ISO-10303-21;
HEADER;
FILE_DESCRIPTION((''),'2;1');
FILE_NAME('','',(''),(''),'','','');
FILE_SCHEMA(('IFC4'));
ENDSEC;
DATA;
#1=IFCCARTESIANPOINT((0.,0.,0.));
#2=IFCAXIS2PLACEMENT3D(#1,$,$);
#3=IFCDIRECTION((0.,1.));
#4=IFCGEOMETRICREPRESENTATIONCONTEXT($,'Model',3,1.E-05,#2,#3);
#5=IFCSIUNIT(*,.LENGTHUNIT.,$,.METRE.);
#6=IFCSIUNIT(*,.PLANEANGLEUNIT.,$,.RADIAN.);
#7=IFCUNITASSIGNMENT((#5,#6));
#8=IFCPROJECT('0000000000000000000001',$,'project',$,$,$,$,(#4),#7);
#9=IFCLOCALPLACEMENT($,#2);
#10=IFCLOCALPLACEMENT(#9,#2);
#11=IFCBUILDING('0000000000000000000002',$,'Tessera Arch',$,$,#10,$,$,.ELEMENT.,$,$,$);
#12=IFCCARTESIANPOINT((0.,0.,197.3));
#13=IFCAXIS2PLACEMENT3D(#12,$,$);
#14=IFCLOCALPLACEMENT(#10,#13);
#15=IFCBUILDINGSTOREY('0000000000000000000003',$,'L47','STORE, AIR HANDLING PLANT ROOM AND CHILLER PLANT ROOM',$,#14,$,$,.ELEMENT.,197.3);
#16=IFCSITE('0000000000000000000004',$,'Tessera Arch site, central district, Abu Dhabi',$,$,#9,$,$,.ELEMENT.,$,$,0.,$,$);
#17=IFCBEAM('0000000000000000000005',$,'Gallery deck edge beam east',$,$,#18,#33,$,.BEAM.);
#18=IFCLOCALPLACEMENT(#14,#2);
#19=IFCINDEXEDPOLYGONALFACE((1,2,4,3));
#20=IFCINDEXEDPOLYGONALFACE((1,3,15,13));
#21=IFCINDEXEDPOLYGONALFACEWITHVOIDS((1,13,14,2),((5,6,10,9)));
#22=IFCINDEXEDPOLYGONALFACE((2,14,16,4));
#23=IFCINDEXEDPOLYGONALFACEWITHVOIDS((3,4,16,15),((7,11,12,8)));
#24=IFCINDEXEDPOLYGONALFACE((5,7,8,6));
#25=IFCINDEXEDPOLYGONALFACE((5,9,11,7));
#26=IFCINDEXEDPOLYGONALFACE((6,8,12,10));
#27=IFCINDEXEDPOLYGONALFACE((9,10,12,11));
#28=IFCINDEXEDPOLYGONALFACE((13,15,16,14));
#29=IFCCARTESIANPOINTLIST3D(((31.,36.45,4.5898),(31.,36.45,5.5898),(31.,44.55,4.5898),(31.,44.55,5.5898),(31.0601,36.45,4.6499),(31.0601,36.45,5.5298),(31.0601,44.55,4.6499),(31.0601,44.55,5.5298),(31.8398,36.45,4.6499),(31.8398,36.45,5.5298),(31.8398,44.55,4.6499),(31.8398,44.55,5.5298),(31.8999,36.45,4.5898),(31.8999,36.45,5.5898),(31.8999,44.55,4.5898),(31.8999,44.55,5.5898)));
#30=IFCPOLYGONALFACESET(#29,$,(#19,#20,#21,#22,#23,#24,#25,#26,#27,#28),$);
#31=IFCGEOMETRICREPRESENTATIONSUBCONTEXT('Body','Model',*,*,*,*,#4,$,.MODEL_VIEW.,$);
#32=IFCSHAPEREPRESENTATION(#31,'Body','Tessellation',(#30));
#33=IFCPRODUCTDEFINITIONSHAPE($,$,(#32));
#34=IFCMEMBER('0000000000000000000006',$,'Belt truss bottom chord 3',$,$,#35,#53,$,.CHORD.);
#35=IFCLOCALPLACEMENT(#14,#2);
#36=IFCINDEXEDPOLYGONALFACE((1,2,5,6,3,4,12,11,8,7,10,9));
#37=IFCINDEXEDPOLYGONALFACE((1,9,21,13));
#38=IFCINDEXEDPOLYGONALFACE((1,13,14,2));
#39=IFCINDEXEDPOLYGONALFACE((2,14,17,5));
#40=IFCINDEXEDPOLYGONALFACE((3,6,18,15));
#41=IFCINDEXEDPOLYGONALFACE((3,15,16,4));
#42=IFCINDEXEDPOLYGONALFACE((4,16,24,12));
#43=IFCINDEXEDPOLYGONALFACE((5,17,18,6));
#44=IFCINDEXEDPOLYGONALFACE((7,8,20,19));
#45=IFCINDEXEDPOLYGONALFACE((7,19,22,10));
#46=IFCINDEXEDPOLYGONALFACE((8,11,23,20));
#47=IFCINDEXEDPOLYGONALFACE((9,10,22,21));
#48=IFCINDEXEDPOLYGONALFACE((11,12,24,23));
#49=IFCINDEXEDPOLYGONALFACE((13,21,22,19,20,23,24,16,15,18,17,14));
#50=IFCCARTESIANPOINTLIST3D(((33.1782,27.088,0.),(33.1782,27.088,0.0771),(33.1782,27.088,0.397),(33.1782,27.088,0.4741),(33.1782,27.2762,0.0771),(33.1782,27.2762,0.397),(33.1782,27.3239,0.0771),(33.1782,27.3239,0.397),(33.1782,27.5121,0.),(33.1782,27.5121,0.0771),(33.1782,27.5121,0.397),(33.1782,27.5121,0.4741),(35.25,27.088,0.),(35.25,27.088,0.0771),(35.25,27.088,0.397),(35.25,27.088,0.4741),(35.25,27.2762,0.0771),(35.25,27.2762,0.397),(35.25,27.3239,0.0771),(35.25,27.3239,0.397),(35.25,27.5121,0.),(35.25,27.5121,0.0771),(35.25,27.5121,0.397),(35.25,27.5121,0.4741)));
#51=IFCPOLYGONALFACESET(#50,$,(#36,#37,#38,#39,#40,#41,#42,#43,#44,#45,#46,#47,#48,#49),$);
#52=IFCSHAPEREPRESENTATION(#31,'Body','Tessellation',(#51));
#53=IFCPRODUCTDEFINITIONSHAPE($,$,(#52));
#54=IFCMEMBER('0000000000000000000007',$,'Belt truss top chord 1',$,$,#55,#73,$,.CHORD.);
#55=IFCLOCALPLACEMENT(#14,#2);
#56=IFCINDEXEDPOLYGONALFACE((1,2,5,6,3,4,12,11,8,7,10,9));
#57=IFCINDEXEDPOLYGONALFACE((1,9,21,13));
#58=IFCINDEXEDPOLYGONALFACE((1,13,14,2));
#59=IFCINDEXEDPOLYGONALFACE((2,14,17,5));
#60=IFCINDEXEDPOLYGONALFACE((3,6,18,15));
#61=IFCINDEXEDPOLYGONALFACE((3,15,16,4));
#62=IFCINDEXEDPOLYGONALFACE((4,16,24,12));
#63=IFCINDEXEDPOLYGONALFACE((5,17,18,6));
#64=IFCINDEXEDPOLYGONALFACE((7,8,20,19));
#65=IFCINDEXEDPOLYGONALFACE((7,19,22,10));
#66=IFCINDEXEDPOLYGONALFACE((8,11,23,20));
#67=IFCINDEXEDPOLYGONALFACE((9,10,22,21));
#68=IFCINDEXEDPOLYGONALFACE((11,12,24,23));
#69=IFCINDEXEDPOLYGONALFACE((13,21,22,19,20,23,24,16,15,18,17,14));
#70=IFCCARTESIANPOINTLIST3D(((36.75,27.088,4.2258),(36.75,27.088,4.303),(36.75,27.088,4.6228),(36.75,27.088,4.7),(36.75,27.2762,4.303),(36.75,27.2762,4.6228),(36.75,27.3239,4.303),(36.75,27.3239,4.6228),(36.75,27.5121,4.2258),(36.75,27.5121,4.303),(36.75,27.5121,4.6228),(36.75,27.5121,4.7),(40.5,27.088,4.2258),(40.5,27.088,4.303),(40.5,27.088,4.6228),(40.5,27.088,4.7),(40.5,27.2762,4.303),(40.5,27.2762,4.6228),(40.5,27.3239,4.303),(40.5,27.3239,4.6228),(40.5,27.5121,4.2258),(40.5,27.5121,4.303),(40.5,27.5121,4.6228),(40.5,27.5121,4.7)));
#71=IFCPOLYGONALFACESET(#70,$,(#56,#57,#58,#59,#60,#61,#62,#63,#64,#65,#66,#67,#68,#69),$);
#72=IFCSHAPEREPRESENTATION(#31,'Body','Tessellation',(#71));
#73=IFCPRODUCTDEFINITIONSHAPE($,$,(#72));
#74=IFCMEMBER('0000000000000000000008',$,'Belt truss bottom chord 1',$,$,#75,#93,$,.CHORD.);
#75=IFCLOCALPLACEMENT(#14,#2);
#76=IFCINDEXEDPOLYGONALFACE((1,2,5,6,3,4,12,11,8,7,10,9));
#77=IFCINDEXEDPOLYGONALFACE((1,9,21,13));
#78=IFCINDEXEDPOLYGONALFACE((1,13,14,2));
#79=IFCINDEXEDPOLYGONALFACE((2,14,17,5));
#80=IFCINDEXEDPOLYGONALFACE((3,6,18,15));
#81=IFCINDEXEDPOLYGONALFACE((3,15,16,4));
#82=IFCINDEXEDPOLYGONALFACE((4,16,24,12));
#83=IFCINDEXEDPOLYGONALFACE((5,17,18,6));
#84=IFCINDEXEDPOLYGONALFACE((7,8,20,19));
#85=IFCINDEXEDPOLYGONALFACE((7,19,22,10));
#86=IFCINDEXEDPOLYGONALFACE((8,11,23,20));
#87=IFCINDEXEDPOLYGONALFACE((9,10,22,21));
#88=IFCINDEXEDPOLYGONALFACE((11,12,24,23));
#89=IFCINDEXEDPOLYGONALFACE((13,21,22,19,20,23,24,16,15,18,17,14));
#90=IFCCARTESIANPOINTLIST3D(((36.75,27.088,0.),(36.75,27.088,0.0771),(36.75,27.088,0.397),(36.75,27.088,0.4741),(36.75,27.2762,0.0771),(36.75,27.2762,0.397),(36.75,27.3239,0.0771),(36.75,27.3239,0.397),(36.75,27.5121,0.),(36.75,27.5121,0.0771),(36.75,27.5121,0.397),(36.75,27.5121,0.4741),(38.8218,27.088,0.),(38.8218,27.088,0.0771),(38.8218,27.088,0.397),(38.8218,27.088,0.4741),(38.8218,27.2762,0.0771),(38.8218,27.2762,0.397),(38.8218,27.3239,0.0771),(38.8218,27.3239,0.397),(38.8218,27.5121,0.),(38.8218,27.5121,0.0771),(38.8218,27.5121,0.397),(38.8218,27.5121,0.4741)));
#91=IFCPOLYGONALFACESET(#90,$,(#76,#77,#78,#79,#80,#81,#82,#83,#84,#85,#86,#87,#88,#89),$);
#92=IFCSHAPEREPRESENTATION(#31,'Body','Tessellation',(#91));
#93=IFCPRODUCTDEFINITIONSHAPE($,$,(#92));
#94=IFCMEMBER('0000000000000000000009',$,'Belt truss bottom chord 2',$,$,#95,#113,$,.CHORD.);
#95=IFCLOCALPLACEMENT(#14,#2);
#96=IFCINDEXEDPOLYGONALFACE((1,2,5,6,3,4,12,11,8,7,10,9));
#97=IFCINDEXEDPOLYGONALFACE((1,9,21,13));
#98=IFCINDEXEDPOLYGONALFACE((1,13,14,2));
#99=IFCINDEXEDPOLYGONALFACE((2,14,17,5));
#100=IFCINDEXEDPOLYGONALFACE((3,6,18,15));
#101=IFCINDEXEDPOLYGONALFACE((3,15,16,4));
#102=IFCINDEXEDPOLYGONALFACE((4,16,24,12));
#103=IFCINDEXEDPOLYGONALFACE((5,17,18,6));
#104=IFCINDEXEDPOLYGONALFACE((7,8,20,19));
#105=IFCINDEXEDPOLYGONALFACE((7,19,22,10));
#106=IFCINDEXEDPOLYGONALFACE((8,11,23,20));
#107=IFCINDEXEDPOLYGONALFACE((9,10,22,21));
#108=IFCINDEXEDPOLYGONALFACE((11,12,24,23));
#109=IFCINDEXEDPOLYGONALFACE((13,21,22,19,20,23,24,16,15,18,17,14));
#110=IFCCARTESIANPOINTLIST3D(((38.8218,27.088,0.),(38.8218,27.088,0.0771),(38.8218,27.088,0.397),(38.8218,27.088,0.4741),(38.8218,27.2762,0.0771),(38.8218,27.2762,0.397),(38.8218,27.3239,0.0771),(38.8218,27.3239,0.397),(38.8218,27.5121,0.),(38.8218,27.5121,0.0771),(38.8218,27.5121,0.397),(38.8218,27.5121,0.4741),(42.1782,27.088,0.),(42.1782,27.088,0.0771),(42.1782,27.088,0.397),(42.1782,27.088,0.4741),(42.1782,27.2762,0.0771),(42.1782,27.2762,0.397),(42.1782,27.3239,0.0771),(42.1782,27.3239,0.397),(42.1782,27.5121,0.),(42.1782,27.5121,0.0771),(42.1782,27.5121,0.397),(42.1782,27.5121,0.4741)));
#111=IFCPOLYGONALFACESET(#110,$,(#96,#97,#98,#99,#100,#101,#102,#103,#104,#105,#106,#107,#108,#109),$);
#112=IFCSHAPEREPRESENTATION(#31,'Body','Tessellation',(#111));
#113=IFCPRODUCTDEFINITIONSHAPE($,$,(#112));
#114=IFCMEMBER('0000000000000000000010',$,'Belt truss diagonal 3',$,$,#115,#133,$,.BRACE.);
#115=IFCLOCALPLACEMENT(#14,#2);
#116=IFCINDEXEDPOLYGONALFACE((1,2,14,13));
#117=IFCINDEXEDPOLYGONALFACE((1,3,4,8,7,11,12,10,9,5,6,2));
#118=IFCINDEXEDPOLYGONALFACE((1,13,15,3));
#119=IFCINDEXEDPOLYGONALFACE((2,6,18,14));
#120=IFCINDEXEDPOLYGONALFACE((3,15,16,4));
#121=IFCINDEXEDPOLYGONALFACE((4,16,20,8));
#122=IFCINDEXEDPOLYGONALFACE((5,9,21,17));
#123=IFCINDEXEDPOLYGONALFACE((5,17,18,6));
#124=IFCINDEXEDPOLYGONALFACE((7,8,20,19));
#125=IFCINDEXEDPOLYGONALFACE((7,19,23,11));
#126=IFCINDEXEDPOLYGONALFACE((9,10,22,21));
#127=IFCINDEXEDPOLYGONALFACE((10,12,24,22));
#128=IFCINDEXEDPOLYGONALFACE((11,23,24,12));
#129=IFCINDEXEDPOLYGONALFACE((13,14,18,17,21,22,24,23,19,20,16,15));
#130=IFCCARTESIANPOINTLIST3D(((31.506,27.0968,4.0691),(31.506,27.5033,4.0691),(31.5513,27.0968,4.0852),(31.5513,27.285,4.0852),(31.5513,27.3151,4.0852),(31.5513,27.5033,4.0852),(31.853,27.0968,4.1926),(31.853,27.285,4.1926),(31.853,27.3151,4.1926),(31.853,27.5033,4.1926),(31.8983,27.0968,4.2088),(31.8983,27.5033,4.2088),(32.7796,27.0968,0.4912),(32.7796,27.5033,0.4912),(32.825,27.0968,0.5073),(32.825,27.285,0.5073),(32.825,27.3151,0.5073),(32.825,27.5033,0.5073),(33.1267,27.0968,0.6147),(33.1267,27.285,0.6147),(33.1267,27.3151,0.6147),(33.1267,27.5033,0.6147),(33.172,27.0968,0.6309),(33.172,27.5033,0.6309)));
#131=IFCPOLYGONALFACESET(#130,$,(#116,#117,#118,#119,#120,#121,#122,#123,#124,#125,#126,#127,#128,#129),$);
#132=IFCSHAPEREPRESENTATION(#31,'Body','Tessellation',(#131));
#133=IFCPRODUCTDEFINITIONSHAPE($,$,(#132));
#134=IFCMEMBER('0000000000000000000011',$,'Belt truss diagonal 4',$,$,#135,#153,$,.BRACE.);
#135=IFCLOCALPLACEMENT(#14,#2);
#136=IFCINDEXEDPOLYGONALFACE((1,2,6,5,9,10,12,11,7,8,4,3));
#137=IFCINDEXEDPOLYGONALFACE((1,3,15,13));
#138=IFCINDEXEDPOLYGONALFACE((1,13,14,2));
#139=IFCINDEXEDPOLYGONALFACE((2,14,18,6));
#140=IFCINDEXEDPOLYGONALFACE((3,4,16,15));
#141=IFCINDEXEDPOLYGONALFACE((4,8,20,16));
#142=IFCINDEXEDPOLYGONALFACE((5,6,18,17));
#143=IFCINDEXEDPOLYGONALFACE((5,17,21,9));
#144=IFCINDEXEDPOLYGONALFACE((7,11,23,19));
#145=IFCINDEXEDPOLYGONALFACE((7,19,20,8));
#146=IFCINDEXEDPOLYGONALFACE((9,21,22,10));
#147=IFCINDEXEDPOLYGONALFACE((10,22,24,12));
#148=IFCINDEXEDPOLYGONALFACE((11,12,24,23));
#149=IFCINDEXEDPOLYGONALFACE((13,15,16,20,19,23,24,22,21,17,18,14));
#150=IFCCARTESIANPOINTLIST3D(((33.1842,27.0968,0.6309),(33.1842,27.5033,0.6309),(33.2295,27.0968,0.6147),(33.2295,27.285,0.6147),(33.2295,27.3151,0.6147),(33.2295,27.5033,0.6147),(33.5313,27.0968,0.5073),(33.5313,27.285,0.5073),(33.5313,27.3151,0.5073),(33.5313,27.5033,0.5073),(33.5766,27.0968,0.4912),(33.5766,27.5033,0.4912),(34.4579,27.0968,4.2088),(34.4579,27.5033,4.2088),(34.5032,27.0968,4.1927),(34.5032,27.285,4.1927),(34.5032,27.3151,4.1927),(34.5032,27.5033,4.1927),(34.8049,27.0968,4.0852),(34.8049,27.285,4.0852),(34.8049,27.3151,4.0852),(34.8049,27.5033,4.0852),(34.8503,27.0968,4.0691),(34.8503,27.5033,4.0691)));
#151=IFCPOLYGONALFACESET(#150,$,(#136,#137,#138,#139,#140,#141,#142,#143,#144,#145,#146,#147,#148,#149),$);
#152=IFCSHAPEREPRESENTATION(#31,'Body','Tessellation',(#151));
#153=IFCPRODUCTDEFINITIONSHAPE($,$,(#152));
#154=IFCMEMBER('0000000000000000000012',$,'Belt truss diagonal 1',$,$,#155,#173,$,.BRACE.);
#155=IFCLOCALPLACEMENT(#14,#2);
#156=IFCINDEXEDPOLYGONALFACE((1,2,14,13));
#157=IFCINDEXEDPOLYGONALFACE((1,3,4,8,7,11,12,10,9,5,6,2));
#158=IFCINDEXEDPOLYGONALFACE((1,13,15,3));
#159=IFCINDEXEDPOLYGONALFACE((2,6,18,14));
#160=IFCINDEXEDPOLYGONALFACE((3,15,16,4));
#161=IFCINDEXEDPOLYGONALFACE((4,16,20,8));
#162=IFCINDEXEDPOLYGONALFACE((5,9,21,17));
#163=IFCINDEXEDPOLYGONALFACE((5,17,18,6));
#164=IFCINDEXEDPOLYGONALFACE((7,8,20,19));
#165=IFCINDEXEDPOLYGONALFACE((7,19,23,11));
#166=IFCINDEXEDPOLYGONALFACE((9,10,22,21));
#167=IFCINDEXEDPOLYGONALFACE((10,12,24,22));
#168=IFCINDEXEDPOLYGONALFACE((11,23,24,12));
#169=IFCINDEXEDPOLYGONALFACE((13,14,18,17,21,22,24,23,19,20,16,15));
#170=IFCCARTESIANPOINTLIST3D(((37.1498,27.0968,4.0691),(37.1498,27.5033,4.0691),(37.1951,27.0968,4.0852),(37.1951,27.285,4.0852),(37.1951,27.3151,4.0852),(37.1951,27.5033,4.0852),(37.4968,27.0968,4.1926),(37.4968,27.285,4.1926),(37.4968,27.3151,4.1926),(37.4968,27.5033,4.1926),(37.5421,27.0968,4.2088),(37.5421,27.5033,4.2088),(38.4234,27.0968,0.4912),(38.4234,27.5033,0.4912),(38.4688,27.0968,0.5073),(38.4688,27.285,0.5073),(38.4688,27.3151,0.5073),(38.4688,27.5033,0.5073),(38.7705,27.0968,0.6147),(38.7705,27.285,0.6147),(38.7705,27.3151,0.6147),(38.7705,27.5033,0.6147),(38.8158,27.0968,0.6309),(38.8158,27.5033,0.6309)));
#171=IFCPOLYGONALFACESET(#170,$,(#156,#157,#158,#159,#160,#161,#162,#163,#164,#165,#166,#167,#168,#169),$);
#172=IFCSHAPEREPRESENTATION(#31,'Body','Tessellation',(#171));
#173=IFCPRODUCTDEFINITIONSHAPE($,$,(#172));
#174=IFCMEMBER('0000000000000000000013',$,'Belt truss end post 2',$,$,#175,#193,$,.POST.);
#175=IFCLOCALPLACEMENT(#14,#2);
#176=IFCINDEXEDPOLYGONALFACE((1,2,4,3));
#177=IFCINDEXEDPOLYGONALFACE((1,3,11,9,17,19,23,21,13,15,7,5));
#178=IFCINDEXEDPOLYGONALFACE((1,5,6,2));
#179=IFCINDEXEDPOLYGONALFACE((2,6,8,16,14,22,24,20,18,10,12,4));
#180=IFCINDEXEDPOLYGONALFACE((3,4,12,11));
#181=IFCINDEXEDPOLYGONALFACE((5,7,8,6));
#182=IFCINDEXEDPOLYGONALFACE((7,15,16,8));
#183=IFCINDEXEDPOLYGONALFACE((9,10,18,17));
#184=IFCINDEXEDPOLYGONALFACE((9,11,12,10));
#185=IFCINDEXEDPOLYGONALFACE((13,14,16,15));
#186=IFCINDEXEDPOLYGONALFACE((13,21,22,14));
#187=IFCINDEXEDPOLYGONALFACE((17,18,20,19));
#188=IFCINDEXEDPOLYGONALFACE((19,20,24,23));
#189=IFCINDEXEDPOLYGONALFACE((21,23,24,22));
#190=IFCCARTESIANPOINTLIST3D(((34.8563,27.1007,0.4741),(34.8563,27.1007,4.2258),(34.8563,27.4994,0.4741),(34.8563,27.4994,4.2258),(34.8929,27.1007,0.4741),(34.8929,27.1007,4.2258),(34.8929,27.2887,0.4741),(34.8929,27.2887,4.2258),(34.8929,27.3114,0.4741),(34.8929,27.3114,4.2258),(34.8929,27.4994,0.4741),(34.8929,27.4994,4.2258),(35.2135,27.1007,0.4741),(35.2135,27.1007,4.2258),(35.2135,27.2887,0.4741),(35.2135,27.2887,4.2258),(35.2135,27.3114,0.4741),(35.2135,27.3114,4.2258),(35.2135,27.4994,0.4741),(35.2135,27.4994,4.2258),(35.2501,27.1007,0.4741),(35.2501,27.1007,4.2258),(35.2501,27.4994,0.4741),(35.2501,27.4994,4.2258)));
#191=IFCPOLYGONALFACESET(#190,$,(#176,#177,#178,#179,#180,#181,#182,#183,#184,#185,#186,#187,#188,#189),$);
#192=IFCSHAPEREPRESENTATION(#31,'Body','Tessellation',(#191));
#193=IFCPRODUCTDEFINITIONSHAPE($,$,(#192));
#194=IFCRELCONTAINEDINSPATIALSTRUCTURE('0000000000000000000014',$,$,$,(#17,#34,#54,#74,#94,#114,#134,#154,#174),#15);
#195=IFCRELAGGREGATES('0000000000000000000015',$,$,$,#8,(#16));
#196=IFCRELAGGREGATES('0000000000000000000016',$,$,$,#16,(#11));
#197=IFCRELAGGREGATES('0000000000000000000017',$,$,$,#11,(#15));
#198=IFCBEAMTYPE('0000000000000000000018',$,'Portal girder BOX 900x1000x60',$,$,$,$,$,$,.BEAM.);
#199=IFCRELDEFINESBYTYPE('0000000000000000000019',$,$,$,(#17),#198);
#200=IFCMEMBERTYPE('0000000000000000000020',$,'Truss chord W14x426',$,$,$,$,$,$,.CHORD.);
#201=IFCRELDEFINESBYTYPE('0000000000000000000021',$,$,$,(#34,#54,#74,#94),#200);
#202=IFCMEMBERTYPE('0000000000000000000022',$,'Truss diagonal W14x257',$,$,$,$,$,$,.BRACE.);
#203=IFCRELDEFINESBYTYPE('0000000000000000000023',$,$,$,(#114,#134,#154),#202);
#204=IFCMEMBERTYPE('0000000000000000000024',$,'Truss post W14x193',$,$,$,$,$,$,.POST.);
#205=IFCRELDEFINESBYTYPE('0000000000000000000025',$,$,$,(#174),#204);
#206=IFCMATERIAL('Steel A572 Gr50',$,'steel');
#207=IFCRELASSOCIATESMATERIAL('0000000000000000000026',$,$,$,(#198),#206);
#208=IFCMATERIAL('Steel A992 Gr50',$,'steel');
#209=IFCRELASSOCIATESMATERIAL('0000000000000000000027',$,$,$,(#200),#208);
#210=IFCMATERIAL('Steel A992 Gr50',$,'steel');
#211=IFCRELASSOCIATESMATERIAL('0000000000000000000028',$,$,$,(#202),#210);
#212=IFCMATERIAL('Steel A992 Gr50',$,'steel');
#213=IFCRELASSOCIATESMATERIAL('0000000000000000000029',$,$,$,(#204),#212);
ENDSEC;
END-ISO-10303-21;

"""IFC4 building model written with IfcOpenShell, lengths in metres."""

from ifc_helpers import new_model, si_unit, direction, frame, origin, origin_2d, place, context, subcontext, project, spatial, hollow_rectangle, i_section, extrude, material, material_profile, profile_set, type_object, element, save


model = new_model("IFC4")

# Units and contexts
model_context = context("Model", 3, precision=1e-05, world=origin(), true_north=direction((0.0, 1.0)))
body_context = subcontext(model_context, "Body", "Model", "MODEL_VIEW")
ifc_project = project(units=[si_unit("LENGTHUNIT", "METRE"), si_unit("PLANEANGLEUNIT", "RADIAN")], contexts=[model_context])

# Site, building, storey
site_placement = place(None, origin())
site = spatial("IfcSite", under=ifc_project, at=site_placement, Name="Tessera Arch site, central district, Abu Dhabi", CompositionType="ELEMENT", RefElevation=0.0)
building_placement = place(site_placement, origin())
building = spatial("IfcBuilding", under=site, at=building_placement, Name="Tessera Arch", CompositionType="ELEMENT")
storey_placement = place(building_placement, frame((0.0, 0.0, 197.3)))
storey = spatial("IfcBuildingStorey", under=building, at=storey_placement, Name="L47", Description="STORE, AIR HANDLING PLANT ROOM AND CHILLER PLANT ROOM", CompositionType="ELEMENT", Elevation=197.3)

# Beam
ifc_material_1 = material(Name="Steel A572 Gr50", Category="steel")
ifc_material_profile_1 = material_profile(ifc_material_1, hollow_rectangle(XDim=0.8999, YDim=1.0, WallThickness=0.0601, at=origin_2d()), Name="BOX 900x1000x60")
ifc_profile_set_1 = profile_set([ifc_material_profile_1], Name="Steel A572 Gr50")
beam_type = type_object("IfcBeamType", Name="Portal girder BOX 900x1000x60", PredefinedType="BEAM", material=ifc_profile_set_1)
beam_placement = place(storey_placement, frame((31.45, 36.45, 5.0898), z_axis=(0.0, 1.0, 0.0), x_axis=(-1.0, 0.0, 0.0)))
element("IfcBeam", 1, at=beam_placement, inside=storey, type_object=beam_type, Name="Gallery deck edge beam east", PredefinedType="BEAM", context=body_context, shape_type="SweptSolid", body=[
    extrude(hollow_rectangle(XDim=0.8999, YDim=1.0, WallThickness=0.0601, at=origin_2d()), origin(), (0.0, 0.0, 1.0), 8.1001),
])

# Members
ifc_material_2 = material(Name="Steel A992 Gr50", Category="steel")
ifc_material_profile_2 = material_profile(ifc_material_2, i_section(OverallWidth=0.4241, OverallDepth=0.4741, WebThickness=0.0476, FlangeThickness=0.0771, at=origin_2d()), Name="W14x426")
ifc_profile_set_2 = profile_set([ifc_material_profile_2], Name="Steel A992 Gr50")
member_type_1 = type_object("IfcMemberType", Name="Truss chord W14x426", PredefinedType="CHORD", material=ifc_profile_set_2)
member_1_placement = place(storey_placement, frame((33.1782, 27.3, 0.2371), z_axis=(1.0, 0.0, 0.0), x_axis=(0.0, 1.0, 0.0)))
element("IfcMember", 2, at=member_1_placement, inside=storey, type_object=member_type_1, Name="Belt truss bottom chord 3", PredefinedType="CHORD", context=body_context, shape_type="SweptSolid", body=[
    extrude(i_section(OverallWidth=0.4241, OverallDepth=0.4741, WebThickness=0.0476, FlangeThickness=0.0771, at=origin_2d()), origin(), (0.0, 0.0, 1.0), 2.0718),
])
member_2_placement = place(storey_placement, frame((36.75, 27.3, 4.4629), z_axis=(1.0, 0.0, 0.0), x_axis=(0.0, 1.0, 0.0)))
element("IfcMember", 3, at=member_2_placement, inside=storey, type_object=member_type_1, Name="Belt truss top chord 1", PredefinedType="CHORD", context=body_context, shape_type="SweptSolid", body=[
    extrude(i_section(OverallWidth=0.4241, OverallDepth=0.4741, WebThickness=0.0476, FlangeThickness=0.0771, at=origin_2d()), origin(), (0.0, 0.0, 1.0), 3.75),
])
member_3_placement = place(storey_placement, frame((36.75, 27.3, 0.2371), z_axis=(1.0, 0.0, 0.0), x_axis=(0.0, 1.0, 0.0)))
element("IfcMember", 4, at=member_3_placement, inside=storey, type_object=member_type_1, Name="Belt truss bottom chord 1", PredefinedType="CHORD", context=body_context, shape_type="SweptSolid", body=[
    extrude(i_section(OverallWidth=0.4241, OverallDepth=0.4741, WebThickness=0.0476, FlangeThickness=0.0771, at=origin_2d()), origin(), (0.0, 0.0, 1.0), 2.0718),
])
member_4_placement = place(storey_placement, frame((38.8218, 27.3, 0.2371), z_axis=(1.0, 0.0, 0.0), x_axis=(0.0, 1.0, 0.0)))
element("IfcMember", 5, at=member_4_placement, inside=storey, type_object=member_type_1, Name="Belt truss bottom chord 2", PredefinedType="CHORD", context=body_context, shape_type="SweptSolid", body=[
    extrude(i_section(OverallWidth=0.4241, OverallDepth=0.4741, WebThickness=0.0476, FlangeThickness=0.0771, at=origin_2d()), origin(), (0.0, 0.0, 1.0), 3.3564),
])
ifc_material_3 = material(Name="Steel A992 Gr50", Category="steel")
ifc_material_profile_3 = material_profile(ifc_material_3, i_section(OverallWidth=0.4065, OverallDepth=0.4165, WebThickness=0.03, FlangeThickness=0.0481, at=origin_2d()), Name="W14x257")
ifc_profile_set_3 = profile_set([ifc_material_profile_3], Name="Steel A992 Gr50")
member_type_2 = type_object("IfcMemberType", Name="Truss diagonal W14x257", PredefinedType="BRACE", material=ifc_profile_set_3)
for number, where, z_axis, x_axis, name in (
    (6, (31.7021, 27.3, 4.1389), (0.335371, 0.0, -0.942086), (0.0, 1.0, 0.0), "Belt truss diagonal 3"),
    (7, (33.3804, 27.3, 0.561), (0.335371, 0.0, 0.942086), (0.0, 1.0, 0.0), "Belt truss diagonal 4"),
    (8, (37.3459, 27.3, 4.1389), (0.335371, 0.0, -0.942086), (0.0, 1.0, 0.0), "Belt truss diagonal 1"),
):
    element("IfcMember", number, at=place(storey_placement, frame(where, z_axis=z_axis, x_axis=x_axis)), inside=storey, type_object=member_type_2, Name=name, PredefinedType="BRACE", context=body_context, shape_type="SweptSolid", body=[
        extrude(i_section(OverallWidth=0.4065, OverallDepth=0.4165, WebThickness=0.03, FlangeThickness=0.0481, at=origin_2d()), origin(), (0.0, 0.0, 1.0), 3.7979),
    ])
ifc_material_4 = material(Name="Steel A992 Gr50", Category="steel")
ifc_material_profile_4 = material_profile(ifc_material_4, i_section(OverallWidth=0.3987, OverallDepth=0.3938, WebThickness=0.0227, FlangeThickness=0.0366, at=origin_2d()), Name="W14x193")
ifc_profile_set_4 = profile_set([ifc_material_profile_4], Name="Steel A992 Gr50")
member_type_3 = type_object("IfcMemberType", Name="Truss post W14x193", PredefinedType="POST", material=ifc_profile_set_4)
for number, where, z_axis, x_axis, name in (
    (9, (35.0532, 27.3, 0.4741), (0.0, 0.0, 1.0), (0.0, 1.0, 0.0), "Belt truss end post 2"),
):
    element("IfcMember", number, at=place(storey_placement, frame(where, z_axis=z_axis, x_axis=x_axis)), inside=storey, type_object=member_type_3, Name=name, PredefinedType="POST", context=body_context, shape_type="SweptSolid", body=[
        extrude(i_section(OverallWidth=0.3987, OverallDepth=0.3938, WebThickness=0.0227, FlangeThickness=0.0366, at=origin_2d()), origin(), (0.0, 0.0, 1.0), 3.7517),
    ])

save(model, "model.ifc")
